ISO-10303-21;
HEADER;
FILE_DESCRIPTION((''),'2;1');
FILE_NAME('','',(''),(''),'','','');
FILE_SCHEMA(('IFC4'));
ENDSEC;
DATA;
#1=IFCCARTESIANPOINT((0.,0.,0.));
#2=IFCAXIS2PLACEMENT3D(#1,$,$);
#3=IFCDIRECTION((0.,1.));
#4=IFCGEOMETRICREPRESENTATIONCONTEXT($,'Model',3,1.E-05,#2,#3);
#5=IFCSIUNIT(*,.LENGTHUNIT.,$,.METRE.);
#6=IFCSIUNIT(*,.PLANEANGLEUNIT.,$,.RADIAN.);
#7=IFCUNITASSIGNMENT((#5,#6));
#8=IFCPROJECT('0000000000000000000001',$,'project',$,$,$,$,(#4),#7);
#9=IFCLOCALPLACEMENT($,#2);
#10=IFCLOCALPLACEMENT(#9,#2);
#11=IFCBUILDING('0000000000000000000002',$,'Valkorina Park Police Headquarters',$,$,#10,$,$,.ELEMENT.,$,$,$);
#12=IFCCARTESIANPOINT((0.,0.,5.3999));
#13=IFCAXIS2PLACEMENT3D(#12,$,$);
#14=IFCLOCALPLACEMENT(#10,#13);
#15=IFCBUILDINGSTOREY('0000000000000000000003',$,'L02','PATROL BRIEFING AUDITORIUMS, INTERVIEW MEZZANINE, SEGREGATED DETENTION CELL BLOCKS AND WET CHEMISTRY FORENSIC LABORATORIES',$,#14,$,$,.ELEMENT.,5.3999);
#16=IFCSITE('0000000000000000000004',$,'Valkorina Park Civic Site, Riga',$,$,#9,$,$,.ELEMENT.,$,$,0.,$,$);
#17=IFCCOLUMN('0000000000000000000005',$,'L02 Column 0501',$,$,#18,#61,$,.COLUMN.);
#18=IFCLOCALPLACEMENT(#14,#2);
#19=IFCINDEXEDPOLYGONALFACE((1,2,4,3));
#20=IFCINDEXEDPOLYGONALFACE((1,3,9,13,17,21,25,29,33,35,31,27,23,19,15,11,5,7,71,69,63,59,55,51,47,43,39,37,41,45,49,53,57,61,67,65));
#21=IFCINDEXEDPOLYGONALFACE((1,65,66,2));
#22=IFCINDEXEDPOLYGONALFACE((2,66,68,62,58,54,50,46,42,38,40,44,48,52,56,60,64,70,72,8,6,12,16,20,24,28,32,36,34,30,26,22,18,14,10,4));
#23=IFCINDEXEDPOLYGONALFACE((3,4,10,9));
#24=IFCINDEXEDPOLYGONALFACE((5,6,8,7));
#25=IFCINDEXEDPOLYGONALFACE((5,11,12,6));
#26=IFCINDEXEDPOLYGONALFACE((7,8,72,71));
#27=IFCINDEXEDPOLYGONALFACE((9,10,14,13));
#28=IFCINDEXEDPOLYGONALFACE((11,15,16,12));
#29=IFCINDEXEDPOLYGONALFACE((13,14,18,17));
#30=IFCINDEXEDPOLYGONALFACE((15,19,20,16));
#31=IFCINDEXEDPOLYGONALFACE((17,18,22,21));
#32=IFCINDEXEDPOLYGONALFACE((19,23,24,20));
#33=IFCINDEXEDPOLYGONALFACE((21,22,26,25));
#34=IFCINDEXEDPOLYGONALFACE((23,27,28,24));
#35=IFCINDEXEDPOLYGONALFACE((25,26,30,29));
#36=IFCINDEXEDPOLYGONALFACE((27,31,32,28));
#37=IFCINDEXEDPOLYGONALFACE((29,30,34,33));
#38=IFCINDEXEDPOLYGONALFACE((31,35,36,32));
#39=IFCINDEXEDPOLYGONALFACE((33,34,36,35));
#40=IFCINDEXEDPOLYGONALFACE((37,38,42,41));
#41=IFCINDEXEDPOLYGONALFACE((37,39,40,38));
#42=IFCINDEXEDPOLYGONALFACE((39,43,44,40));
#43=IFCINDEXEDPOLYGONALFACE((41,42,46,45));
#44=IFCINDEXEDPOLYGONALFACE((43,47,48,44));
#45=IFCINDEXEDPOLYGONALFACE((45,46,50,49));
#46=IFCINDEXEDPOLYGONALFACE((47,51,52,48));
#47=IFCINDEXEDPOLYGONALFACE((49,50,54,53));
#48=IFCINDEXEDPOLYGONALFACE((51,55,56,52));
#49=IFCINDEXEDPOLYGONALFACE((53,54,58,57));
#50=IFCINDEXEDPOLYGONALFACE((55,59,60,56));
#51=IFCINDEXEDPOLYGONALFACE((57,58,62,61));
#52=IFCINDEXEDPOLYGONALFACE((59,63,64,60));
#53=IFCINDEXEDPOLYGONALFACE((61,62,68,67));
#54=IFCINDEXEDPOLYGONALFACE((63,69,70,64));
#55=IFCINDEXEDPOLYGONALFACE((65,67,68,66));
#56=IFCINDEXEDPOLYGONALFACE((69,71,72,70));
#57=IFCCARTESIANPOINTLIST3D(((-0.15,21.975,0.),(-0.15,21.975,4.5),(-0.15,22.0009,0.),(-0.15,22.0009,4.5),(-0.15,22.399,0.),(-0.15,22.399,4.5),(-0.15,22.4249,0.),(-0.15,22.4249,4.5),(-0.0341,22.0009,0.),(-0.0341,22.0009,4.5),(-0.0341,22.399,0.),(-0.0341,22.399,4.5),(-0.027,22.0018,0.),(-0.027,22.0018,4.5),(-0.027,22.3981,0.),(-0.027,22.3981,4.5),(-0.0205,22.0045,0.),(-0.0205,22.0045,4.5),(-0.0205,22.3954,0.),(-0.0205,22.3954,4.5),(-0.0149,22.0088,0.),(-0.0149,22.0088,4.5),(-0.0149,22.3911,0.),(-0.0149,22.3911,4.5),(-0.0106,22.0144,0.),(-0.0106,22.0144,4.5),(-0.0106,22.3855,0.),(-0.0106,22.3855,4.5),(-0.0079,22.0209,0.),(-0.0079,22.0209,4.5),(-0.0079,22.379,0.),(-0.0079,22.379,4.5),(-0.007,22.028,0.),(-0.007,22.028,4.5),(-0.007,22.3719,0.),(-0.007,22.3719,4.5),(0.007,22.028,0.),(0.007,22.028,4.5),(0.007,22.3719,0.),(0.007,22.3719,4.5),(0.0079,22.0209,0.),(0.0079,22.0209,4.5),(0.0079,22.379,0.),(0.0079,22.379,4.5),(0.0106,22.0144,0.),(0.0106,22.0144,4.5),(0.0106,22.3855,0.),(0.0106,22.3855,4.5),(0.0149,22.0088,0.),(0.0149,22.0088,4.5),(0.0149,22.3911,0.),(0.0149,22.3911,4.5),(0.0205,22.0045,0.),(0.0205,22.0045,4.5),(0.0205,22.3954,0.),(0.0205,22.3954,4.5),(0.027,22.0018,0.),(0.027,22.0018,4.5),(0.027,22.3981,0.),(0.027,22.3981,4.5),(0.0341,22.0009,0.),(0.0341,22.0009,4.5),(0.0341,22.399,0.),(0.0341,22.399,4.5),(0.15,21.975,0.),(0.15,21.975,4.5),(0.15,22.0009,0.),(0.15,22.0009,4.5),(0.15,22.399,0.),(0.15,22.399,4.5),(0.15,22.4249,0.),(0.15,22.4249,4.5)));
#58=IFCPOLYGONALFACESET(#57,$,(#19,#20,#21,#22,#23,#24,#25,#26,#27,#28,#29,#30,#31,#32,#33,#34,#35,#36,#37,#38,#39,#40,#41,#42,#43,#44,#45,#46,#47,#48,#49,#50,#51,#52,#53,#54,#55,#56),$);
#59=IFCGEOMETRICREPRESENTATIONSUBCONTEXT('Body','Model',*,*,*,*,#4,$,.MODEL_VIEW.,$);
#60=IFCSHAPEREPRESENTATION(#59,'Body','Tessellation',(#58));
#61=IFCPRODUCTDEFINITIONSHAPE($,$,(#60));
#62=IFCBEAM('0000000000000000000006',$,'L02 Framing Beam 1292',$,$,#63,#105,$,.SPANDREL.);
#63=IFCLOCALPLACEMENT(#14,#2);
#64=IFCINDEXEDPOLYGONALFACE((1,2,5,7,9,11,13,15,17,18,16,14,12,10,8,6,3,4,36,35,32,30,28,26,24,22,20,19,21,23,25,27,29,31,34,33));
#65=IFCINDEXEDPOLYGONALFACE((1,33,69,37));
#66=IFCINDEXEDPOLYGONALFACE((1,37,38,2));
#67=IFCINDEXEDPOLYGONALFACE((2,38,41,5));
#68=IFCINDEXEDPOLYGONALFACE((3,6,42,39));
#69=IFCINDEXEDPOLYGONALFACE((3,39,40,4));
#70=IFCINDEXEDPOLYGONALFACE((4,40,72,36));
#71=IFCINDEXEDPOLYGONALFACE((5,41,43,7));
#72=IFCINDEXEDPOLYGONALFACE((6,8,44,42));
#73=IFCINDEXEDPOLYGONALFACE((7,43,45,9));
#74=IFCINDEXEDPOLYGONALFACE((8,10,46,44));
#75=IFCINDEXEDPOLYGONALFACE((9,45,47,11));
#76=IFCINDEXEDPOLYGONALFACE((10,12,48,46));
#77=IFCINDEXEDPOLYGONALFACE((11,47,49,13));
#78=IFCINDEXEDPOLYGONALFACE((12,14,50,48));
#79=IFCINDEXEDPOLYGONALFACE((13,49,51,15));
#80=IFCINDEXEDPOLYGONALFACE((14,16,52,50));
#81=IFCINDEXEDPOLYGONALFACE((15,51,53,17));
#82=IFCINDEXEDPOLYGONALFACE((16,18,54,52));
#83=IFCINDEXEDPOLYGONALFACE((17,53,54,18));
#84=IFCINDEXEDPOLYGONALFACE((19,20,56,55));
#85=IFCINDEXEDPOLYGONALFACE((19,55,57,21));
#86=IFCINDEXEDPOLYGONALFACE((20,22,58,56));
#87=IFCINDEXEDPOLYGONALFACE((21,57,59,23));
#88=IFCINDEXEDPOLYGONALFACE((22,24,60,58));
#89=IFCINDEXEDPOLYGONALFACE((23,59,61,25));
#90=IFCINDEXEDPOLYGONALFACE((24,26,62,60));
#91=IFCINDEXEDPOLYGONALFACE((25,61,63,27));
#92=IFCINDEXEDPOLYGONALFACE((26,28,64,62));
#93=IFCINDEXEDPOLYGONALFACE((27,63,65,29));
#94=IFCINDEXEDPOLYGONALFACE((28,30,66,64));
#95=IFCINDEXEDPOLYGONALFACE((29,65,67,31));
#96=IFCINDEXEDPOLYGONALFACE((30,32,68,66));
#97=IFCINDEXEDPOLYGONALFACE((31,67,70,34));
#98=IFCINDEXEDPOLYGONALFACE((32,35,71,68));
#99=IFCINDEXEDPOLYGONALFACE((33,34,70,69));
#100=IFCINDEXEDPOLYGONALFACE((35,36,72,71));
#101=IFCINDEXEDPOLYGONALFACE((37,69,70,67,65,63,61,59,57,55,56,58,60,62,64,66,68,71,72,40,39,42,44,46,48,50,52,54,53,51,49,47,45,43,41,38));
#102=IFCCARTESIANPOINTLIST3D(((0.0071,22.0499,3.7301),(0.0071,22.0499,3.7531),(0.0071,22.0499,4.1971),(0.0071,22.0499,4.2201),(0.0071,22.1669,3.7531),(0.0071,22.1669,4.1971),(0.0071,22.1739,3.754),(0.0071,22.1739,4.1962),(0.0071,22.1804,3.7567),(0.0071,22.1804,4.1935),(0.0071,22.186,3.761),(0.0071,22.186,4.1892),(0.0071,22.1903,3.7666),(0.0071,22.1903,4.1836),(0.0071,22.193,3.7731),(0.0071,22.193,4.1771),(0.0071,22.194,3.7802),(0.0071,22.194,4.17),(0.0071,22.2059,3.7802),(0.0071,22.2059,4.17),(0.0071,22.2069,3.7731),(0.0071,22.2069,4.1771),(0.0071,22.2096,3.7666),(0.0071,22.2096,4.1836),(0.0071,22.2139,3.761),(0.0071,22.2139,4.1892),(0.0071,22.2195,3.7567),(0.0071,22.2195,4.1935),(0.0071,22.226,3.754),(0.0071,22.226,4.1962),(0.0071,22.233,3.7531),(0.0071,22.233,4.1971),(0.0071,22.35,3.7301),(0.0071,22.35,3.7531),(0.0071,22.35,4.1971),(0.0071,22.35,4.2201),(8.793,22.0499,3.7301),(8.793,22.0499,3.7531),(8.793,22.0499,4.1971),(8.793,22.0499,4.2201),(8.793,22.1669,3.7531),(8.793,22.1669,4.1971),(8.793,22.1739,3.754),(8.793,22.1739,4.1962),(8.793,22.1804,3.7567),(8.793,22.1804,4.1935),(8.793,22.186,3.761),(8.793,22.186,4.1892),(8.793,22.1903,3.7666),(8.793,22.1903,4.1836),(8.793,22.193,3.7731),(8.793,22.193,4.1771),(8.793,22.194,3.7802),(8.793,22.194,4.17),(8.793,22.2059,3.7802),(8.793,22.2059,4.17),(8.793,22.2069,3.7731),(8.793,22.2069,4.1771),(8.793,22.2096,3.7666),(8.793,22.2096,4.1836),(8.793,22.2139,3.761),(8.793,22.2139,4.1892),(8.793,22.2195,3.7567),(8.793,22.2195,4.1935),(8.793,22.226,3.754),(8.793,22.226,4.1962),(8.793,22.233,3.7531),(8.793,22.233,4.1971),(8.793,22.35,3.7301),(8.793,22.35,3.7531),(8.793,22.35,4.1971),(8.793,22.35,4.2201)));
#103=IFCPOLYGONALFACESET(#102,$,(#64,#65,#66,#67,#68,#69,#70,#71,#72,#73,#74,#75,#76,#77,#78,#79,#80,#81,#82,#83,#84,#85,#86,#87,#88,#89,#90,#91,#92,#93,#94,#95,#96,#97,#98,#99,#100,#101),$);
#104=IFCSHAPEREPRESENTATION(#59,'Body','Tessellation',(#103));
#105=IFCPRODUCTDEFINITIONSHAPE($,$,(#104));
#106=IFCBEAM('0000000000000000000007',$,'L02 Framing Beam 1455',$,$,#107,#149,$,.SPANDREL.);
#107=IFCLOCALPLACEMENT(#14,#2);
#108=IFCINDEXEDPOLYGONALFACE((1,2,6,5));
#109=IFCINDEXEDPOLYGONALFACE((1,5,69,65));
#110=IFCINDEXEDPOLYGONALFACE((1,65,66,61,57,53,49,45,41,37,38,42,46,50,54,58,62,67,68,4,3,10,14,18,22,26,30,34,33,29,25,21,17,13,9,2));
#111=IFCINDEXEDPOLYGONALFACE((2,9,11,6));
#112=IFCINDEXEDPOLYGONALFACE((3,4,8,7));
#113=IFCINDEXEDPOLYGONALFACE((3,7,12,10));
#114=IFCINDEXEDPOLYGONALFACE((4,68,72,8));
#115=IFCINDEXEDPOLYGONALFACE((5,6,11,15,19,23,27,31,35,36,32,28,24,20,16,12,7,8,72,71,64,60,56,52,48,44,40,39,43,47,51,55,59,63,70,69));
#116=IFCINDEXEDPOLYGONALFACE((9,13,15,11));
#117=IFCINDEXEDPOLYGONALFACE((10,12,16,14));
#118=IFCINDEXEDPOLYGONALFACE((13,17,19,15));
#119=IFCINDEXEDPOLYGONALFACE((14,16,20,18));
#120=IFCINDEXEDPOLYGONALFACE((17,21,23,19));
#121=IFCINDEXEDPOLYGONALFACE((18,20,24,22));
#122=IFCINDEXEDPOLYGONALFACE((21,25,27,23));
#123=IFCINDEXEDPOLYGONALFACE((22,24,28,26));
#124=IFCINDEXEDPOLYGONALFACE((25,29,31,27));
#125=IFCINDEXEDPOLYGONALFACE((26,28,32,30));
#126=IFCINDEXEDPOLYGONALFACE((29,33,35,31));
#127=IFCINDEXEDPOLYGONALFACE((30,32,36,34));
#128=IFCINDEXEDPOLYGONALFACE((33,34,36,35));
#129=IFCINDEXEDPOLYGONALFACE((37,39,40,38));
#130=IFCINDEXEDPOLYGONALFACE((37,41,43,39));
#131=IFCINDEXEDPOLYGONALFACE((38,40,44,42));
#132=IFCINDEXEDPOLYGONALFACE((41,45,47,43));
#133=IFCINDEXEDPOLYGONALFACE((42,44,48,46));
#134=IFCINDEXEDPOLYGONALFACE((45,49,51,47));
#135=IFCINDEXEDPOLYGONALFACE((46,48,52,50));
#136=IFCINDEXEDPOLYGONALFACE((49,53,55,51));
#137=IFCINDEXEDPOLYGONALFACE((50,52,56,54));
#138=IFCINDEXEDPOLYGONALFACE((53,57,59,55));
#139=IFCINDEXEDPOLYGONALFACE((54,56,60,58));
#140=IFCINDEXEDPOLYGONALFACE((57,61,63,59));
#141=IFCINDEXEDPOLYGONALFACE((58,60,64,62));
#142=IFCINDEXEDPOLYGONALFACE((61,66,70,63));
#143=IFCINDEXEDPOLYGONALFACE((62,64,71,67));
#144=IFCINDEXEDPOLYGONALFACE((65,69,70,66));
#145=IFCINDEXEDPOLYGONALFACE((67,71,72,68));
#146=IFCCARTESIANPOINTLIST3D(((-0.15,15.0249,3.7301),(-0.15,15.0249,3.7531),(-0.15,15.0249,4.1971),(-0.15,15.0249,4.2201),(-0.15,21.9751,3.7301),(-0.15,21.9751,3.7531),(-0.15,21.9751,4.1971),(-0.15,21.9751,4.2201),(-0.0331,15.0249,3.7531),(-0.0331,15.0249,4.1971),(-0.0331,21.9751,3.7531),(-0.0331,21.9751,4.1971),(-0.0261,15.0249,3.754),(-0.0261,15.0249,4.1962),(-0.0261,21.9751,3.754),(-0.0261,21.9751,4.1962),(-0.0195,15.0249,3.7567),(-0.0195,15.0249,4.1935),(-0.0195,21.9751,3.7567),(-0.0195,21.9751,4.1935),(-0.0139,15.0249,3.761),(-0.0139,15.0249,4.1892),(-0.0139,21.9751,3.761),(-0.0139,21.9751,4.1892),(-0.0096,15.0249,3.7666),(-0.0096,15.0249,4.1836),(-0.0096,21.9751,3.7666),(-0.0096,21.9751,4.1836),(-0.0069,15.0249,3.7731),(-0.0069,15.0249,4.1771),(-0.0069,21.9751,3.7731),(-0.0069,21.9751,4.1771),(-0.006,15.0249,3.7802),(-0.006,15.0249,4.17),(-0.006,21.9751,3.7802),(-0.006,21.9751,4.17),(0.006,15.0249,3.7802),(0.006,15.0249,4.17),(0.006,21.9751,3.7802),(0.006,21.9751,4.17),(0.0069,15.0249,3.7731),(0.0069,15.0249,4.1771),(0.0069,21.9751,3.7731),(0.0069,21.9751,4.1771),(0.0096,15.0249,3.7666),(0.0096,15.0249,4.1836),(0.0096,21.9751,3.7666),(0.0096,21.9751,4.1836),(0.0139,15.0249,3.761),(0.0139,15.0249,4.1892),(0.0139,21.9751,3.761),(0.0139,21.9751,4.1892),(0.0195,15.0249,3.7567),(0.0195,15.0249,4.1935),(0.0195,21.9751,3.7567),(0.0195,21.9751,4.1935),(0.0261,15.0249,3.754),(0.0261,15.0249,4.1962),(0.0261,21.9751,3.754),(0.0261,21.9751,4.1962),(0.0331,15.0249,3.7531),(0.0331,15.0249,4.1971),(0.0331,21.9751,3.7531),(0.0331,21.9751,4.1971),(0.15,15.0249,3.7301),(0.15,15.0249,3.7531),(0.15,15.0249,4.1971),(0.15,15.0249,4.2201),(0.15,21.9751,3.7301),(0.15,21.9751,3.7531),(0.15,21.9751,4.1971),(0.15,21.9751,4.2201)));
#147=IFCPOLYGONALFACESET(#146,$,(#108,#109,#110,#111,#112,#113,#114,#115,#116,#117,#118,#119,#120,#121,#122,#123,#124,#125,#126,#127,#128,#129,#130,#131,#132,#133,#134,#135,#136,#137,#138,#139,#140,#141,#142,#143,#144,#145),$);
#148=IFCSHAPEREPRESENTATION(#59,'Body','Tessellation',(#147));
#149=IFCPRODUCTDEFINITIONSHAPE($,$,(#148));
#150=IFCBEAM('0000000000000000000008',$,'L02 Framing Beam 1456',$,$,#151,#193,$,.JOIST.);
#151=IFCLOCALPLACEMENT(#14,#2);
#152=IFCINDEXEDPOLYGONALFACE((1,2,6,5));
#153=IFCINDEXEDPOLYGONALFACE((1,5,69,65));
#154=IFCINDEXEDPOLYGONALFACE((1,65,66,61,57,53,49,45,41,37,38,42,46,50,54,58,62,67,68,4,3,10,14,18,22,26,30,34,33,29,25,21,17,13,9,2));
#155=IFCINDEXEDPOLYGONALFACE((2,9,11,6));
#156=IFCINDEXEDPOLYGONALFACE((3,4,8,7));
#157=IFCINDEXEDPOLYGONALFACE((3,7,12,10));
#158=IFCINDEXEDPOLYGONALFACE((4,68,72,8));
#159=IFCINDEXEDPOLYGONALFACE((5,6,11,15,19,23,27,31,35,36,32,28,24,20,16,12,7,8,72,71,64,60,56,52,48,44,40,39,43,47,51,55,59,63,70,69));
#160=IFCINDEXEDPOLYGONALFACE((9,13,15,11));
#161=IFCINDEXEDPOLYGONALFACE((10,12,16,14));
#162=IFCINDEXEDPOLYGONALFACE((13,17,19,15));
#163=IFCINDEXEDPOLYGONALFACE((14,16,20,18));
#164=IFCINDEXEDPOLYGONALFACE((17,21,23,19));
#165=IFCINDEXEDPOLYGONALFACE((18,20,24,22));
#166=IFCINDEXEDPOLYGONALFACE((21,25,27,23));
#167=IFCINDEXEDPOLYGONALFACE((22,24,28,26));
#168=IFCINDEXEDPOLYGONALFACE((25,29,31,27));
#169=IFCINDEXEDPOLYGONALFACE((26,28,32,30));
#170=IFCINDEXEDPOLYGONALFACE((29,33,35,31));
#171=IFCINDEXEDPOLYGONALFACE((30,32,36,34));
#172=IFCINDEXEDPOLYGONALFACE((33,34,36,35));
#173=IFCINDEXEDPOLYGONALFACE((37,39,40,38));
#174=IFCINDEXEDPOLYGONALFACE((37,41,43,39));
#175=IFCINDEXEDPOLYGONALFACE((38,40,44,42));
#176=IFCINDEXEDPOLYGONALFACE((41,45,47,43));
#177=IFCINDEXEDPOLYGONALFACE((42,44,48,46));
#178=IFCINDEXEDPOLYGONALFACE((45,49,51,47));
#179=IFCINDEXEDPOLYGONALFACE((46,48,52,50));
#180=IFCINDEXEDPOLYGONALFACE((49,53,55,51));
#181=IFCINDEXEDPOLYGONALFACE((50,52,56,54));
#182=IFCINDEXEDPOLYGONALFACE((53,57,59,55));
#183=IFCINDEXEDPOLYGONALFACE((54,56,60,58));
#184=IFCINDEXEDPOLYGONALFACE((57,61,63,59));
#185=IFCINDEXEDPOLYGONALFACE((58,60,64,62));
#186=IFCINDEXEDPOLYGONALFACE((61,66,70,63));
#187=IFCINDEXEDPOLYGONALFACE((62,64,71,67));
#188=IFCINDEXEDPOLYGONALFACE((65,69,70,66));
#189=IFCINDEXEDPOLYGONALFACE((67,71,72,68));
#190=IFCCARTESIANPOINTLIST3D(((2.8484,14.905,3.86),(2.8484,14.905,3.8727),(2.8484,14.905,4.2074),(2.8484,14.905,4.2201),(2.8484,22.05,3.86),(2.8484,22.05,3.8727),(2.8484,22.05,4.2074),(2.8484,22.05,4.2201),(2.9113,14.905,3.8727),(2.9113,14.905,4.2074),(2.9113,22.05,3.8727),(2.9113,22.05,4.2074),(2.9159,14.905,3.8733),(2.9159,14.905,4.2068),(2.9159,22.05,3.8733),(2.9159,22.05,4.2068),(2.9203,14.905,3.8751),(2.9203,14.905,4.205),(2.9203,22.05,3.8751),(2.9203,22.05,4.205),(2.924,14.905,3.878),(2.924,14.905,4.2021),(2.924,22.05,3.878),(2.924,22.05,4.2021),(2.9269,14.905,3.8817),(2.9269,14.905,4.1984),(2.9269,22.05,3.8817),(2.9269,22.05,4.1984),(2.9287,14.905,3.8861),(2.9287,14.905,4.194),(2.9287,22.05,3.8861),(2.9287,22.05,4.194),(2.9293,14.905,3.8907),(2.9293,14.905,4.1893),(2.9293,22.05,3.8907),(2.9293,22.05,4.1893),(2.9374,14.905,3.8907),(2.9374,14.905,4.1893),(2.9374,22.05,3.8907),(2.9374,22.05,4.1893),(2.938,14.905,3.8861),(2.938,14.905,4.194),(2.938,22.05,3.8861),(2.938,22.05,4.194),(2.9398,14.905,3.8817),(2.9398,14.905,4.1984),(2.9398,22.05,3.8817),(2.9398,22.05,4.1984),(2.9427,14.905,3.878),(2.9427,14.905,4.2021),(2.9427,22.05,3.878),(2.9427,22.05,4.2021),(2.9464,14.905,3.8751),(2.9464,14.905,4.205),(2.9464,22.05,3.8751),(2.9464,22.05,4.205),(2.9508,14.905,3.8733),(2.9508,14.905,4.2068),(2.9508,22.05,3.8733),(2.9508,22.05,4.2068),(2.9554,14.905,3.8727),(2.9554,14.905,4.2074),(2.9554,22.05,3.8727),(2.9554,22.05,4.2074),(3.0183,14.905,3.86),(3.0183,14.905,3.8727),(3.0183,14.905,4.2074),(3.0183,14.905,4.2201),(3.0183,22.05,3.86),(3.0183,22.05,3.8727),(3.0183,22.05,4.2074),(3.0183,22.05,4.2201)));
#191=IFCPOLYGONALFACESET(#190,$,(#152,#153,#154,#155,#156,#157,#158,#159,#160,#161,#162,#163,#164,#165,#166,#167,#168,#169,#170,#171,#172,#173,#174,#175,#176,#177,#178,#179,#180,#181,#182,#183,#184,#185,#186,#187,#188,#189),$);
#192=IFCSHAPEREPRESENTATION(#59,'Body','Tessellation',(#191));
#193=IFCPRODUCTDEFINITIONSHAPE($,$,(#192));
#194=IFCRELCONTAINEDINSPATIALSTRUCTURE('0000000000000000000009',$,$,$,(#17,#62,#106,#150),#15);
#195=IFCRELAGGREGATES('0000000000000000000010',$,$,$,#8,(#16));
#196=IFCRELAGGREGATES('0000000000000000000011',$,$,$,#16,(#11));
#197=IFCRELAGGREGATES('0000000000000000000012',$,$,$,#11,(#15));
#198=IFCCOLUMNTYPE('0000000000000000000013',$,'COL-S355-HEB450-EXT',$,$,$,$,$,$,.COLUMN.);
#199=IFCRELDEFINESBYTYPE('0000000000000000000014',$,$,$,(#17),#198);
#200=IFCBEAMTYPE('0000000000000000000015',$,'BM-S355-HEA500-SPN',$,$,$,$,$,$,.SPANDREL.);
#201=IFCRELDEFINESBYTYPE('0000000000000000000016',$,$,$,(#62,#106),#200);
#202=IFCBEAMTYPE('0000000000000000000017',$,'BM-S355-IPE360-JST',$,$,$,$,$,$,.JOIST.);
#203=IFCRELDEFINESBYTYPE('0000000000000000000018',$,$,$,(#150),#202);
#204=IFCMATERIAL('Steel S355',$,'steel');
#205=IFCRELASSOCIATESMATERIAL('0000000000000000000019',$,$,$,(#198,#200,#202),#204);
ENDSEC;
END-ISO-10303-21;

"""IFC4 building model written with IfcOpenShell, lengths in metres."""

from ifc_helpers import new_model, si_unit, direction, frame, origin, origin_2d, place, context, subcontext, project, spatial, i_section, extrude, material, material_profile, profile_set, type_object, element, save


model = new_model("IFC4")

# Units and contexts
model_context = context("Model", 3, precision=1e-05, world=origin(), true_north=direction((0.0, 1.0)))
body_context = subcontext(model_context, "Body", "Model", "MODEL_VIEW")
ifc_project = project(units=[si_unit("LENGTHUNIT", "METRE"), si_unit("PLANEANGLEUNIT", "RADIAN")], contexts=[model_context])

# Site, building, storey
site_placement = place(None, origin())
site = spatial("IfcSite", under=ifc_project, at=site_placement, Name="Valkorina Park Civic Site, Riga", CompositionType="ELEMENT", RefElevation=0.0)
building_placement = place(site_placement, origin())
building = spatial("IfcBuilding", under=site, at=building_placement, Name="Valkorina Park Police Headquarters", CompositionType="ELEMENT")
storey_placement = place(building_placement, frame((0.0, 0.0, 5.3999)))
storey = spatial("IfcBuildingStorey", under=building, at=storey_placement, Name="L02", Description="PATROL BRIEFING AUDITORIUMS, INTERVIEW MEZZANINE, SEGREGATED DETENTION CELL BLOCKS AND WET CHEMISTRY FORENSIC LABORATORIES", CompositionType="ELEMENT", Elevation=5.3999)

# Column
ifc_material_1 = material(Name="Steel S355", Category="steel")
ifc_material_profile_1 = material_profile(ifc_material_1, i_section(OverallWidth=0.3, OverallDepth=0.45, WebThickness=0.0139, FlangeThickness=0.0259, FilletRadius=0.0271, at=origin_2d()), Name="HEB 450")
ifc_profile_set_1 = profile_set([ifc_material_profile_1], Name="Steel S355")
column_type = type_object("IfcColumnType", Name="COL-S355-HEB450-EXT", PredefinedType="COLUMN", material=ifc_profile_set_1)
column_placement = place(storey_placement, frame((0.0, 22.2, 0.0), z_axis=(0.0, 0.0, 1.0), x_axis=(1.0, 0.0, 0.0)))
element("IfcColumn", 1, at=column_placement, inside=storey, type_object=column_type, Name="L02 Column 0501", PredefinedType="COLUMN", context=body_context, shape_type="SweptSolid", body=[
    extrude(i_section(OverallWidth=0.3, OverallDepth=0.45, WebThickness=0.0139, FlangeThickness=0.0259, FilletRadius=0.0271, at=origin_2d()), origin(), (0.0, 0.0, 1.0), 4.5),
])

# Beams
ifc_material_profile_2 = material_profile(ifc_material_1, i_section(OverallWidth=0.3, OverallDepth=0.49, WebThickness=0.012, FlangeThickness=0.0229, FilletRadius=0.0271, at=origin_2d()), Name="HEA 500")
ifc_profile_set_2 = profile_set([ifc_material_profile_2], Name="Steel S355")
beam_type_1 = type_object("IfcBeamType", Name="BM-S355-HEA500-SPN", PredefinedType="SPANDREL", material=ifc_profile_set_2)
beam_1_placement = place(storey_placement, frame((0.0071, 22.2, 3.9751), z_axis=(1.0, 0.0, 0.0), x_axis=(0.0, 1.0, 0.0)))
element("IfcBeam", 2, at=beam_1_placement, inside=storey, type_object=beam_type_1, Name="L02 Framing Beam 1292", PredefinedType="SPANDREL", context=body_context, shape_type="SweptSolid", body=[
    extrude(i_section(OverallWidth=0.3, OverallDepth=0.49, WebThickness=0.012, FlangeThickness=0.0229, FilletRadius=0.0271, at=origin_2d()), origin(), (0.0, 0.0, 1.0), 8.7859),
])
beam_2_placement = place(storey_placement, frame((0.0, 15.0249, 3.9751), z_axis=(0.0, 1.0, 0.0), x_axis=(-1.0, 0.0, 0.0)))
element("IfcBeam", 3, at=beam_2_placement, inside=storey, type_object=beam_type_1, Name="L02 Framing Beam 1455", PredefinedType="SPANDREL", context=body_context, shape_type="SweptSolid", body=[
    extrude(i_section(OverallWidth=0.3, OverallDepth=0.49, WebThickness=0.012, FlangeThickness=0.0229, FilletRadius=0.0271, at=origin_2d()), origin(), (0.0, 0.0, 1.0), 6.9502),
])
ifc_material_profile_3 = material_profile(ifc_material_1, i_section(OverallWidth=0.1699, OverallDepth=0.3601, WebThickness=0.0081, FlangeThickness=0.0127, FilletRadius=0.0181, at=origin_2d()), Name="IPE 360")
ifc_profile_set_3 = profile_set([ifc_material_profile_3], Name="Steel S355")
beam_type_2 = type_object("IfcBeamType", Name="BM-S355-IPE360-JST", PredefinedType="JOIST", material=ifc_profile_set_3)
for number, where, z_axis, x_axis, name in (
    (4, (2.9333, 14.905, 4.04), (0.0, 1.0, 0.0), (-1.0, 0.0, 0.0), "L02 Framing Beam 1456"),
):
    element("IfcBeam", number, at=place(storey_placement, frame(where, z_axis=z_axis, x_axis=x_axis)), inside=storey, type_object=beam_type_2, Name=name, PredefinedType="JOIST", context=body_context, shape_type="SweptSolid", body=[
        extrude(i_section(OverallWidth=0.1699, OverallDepth=0.3601, WebThickness=0.0081, FlangeThickness=0.0127, FilletRadius=0.0181, at=origin_2d()), origin(), (0.0, 0.0, 1.0), 7.145),
    ])

save(model, "model.ifc")
